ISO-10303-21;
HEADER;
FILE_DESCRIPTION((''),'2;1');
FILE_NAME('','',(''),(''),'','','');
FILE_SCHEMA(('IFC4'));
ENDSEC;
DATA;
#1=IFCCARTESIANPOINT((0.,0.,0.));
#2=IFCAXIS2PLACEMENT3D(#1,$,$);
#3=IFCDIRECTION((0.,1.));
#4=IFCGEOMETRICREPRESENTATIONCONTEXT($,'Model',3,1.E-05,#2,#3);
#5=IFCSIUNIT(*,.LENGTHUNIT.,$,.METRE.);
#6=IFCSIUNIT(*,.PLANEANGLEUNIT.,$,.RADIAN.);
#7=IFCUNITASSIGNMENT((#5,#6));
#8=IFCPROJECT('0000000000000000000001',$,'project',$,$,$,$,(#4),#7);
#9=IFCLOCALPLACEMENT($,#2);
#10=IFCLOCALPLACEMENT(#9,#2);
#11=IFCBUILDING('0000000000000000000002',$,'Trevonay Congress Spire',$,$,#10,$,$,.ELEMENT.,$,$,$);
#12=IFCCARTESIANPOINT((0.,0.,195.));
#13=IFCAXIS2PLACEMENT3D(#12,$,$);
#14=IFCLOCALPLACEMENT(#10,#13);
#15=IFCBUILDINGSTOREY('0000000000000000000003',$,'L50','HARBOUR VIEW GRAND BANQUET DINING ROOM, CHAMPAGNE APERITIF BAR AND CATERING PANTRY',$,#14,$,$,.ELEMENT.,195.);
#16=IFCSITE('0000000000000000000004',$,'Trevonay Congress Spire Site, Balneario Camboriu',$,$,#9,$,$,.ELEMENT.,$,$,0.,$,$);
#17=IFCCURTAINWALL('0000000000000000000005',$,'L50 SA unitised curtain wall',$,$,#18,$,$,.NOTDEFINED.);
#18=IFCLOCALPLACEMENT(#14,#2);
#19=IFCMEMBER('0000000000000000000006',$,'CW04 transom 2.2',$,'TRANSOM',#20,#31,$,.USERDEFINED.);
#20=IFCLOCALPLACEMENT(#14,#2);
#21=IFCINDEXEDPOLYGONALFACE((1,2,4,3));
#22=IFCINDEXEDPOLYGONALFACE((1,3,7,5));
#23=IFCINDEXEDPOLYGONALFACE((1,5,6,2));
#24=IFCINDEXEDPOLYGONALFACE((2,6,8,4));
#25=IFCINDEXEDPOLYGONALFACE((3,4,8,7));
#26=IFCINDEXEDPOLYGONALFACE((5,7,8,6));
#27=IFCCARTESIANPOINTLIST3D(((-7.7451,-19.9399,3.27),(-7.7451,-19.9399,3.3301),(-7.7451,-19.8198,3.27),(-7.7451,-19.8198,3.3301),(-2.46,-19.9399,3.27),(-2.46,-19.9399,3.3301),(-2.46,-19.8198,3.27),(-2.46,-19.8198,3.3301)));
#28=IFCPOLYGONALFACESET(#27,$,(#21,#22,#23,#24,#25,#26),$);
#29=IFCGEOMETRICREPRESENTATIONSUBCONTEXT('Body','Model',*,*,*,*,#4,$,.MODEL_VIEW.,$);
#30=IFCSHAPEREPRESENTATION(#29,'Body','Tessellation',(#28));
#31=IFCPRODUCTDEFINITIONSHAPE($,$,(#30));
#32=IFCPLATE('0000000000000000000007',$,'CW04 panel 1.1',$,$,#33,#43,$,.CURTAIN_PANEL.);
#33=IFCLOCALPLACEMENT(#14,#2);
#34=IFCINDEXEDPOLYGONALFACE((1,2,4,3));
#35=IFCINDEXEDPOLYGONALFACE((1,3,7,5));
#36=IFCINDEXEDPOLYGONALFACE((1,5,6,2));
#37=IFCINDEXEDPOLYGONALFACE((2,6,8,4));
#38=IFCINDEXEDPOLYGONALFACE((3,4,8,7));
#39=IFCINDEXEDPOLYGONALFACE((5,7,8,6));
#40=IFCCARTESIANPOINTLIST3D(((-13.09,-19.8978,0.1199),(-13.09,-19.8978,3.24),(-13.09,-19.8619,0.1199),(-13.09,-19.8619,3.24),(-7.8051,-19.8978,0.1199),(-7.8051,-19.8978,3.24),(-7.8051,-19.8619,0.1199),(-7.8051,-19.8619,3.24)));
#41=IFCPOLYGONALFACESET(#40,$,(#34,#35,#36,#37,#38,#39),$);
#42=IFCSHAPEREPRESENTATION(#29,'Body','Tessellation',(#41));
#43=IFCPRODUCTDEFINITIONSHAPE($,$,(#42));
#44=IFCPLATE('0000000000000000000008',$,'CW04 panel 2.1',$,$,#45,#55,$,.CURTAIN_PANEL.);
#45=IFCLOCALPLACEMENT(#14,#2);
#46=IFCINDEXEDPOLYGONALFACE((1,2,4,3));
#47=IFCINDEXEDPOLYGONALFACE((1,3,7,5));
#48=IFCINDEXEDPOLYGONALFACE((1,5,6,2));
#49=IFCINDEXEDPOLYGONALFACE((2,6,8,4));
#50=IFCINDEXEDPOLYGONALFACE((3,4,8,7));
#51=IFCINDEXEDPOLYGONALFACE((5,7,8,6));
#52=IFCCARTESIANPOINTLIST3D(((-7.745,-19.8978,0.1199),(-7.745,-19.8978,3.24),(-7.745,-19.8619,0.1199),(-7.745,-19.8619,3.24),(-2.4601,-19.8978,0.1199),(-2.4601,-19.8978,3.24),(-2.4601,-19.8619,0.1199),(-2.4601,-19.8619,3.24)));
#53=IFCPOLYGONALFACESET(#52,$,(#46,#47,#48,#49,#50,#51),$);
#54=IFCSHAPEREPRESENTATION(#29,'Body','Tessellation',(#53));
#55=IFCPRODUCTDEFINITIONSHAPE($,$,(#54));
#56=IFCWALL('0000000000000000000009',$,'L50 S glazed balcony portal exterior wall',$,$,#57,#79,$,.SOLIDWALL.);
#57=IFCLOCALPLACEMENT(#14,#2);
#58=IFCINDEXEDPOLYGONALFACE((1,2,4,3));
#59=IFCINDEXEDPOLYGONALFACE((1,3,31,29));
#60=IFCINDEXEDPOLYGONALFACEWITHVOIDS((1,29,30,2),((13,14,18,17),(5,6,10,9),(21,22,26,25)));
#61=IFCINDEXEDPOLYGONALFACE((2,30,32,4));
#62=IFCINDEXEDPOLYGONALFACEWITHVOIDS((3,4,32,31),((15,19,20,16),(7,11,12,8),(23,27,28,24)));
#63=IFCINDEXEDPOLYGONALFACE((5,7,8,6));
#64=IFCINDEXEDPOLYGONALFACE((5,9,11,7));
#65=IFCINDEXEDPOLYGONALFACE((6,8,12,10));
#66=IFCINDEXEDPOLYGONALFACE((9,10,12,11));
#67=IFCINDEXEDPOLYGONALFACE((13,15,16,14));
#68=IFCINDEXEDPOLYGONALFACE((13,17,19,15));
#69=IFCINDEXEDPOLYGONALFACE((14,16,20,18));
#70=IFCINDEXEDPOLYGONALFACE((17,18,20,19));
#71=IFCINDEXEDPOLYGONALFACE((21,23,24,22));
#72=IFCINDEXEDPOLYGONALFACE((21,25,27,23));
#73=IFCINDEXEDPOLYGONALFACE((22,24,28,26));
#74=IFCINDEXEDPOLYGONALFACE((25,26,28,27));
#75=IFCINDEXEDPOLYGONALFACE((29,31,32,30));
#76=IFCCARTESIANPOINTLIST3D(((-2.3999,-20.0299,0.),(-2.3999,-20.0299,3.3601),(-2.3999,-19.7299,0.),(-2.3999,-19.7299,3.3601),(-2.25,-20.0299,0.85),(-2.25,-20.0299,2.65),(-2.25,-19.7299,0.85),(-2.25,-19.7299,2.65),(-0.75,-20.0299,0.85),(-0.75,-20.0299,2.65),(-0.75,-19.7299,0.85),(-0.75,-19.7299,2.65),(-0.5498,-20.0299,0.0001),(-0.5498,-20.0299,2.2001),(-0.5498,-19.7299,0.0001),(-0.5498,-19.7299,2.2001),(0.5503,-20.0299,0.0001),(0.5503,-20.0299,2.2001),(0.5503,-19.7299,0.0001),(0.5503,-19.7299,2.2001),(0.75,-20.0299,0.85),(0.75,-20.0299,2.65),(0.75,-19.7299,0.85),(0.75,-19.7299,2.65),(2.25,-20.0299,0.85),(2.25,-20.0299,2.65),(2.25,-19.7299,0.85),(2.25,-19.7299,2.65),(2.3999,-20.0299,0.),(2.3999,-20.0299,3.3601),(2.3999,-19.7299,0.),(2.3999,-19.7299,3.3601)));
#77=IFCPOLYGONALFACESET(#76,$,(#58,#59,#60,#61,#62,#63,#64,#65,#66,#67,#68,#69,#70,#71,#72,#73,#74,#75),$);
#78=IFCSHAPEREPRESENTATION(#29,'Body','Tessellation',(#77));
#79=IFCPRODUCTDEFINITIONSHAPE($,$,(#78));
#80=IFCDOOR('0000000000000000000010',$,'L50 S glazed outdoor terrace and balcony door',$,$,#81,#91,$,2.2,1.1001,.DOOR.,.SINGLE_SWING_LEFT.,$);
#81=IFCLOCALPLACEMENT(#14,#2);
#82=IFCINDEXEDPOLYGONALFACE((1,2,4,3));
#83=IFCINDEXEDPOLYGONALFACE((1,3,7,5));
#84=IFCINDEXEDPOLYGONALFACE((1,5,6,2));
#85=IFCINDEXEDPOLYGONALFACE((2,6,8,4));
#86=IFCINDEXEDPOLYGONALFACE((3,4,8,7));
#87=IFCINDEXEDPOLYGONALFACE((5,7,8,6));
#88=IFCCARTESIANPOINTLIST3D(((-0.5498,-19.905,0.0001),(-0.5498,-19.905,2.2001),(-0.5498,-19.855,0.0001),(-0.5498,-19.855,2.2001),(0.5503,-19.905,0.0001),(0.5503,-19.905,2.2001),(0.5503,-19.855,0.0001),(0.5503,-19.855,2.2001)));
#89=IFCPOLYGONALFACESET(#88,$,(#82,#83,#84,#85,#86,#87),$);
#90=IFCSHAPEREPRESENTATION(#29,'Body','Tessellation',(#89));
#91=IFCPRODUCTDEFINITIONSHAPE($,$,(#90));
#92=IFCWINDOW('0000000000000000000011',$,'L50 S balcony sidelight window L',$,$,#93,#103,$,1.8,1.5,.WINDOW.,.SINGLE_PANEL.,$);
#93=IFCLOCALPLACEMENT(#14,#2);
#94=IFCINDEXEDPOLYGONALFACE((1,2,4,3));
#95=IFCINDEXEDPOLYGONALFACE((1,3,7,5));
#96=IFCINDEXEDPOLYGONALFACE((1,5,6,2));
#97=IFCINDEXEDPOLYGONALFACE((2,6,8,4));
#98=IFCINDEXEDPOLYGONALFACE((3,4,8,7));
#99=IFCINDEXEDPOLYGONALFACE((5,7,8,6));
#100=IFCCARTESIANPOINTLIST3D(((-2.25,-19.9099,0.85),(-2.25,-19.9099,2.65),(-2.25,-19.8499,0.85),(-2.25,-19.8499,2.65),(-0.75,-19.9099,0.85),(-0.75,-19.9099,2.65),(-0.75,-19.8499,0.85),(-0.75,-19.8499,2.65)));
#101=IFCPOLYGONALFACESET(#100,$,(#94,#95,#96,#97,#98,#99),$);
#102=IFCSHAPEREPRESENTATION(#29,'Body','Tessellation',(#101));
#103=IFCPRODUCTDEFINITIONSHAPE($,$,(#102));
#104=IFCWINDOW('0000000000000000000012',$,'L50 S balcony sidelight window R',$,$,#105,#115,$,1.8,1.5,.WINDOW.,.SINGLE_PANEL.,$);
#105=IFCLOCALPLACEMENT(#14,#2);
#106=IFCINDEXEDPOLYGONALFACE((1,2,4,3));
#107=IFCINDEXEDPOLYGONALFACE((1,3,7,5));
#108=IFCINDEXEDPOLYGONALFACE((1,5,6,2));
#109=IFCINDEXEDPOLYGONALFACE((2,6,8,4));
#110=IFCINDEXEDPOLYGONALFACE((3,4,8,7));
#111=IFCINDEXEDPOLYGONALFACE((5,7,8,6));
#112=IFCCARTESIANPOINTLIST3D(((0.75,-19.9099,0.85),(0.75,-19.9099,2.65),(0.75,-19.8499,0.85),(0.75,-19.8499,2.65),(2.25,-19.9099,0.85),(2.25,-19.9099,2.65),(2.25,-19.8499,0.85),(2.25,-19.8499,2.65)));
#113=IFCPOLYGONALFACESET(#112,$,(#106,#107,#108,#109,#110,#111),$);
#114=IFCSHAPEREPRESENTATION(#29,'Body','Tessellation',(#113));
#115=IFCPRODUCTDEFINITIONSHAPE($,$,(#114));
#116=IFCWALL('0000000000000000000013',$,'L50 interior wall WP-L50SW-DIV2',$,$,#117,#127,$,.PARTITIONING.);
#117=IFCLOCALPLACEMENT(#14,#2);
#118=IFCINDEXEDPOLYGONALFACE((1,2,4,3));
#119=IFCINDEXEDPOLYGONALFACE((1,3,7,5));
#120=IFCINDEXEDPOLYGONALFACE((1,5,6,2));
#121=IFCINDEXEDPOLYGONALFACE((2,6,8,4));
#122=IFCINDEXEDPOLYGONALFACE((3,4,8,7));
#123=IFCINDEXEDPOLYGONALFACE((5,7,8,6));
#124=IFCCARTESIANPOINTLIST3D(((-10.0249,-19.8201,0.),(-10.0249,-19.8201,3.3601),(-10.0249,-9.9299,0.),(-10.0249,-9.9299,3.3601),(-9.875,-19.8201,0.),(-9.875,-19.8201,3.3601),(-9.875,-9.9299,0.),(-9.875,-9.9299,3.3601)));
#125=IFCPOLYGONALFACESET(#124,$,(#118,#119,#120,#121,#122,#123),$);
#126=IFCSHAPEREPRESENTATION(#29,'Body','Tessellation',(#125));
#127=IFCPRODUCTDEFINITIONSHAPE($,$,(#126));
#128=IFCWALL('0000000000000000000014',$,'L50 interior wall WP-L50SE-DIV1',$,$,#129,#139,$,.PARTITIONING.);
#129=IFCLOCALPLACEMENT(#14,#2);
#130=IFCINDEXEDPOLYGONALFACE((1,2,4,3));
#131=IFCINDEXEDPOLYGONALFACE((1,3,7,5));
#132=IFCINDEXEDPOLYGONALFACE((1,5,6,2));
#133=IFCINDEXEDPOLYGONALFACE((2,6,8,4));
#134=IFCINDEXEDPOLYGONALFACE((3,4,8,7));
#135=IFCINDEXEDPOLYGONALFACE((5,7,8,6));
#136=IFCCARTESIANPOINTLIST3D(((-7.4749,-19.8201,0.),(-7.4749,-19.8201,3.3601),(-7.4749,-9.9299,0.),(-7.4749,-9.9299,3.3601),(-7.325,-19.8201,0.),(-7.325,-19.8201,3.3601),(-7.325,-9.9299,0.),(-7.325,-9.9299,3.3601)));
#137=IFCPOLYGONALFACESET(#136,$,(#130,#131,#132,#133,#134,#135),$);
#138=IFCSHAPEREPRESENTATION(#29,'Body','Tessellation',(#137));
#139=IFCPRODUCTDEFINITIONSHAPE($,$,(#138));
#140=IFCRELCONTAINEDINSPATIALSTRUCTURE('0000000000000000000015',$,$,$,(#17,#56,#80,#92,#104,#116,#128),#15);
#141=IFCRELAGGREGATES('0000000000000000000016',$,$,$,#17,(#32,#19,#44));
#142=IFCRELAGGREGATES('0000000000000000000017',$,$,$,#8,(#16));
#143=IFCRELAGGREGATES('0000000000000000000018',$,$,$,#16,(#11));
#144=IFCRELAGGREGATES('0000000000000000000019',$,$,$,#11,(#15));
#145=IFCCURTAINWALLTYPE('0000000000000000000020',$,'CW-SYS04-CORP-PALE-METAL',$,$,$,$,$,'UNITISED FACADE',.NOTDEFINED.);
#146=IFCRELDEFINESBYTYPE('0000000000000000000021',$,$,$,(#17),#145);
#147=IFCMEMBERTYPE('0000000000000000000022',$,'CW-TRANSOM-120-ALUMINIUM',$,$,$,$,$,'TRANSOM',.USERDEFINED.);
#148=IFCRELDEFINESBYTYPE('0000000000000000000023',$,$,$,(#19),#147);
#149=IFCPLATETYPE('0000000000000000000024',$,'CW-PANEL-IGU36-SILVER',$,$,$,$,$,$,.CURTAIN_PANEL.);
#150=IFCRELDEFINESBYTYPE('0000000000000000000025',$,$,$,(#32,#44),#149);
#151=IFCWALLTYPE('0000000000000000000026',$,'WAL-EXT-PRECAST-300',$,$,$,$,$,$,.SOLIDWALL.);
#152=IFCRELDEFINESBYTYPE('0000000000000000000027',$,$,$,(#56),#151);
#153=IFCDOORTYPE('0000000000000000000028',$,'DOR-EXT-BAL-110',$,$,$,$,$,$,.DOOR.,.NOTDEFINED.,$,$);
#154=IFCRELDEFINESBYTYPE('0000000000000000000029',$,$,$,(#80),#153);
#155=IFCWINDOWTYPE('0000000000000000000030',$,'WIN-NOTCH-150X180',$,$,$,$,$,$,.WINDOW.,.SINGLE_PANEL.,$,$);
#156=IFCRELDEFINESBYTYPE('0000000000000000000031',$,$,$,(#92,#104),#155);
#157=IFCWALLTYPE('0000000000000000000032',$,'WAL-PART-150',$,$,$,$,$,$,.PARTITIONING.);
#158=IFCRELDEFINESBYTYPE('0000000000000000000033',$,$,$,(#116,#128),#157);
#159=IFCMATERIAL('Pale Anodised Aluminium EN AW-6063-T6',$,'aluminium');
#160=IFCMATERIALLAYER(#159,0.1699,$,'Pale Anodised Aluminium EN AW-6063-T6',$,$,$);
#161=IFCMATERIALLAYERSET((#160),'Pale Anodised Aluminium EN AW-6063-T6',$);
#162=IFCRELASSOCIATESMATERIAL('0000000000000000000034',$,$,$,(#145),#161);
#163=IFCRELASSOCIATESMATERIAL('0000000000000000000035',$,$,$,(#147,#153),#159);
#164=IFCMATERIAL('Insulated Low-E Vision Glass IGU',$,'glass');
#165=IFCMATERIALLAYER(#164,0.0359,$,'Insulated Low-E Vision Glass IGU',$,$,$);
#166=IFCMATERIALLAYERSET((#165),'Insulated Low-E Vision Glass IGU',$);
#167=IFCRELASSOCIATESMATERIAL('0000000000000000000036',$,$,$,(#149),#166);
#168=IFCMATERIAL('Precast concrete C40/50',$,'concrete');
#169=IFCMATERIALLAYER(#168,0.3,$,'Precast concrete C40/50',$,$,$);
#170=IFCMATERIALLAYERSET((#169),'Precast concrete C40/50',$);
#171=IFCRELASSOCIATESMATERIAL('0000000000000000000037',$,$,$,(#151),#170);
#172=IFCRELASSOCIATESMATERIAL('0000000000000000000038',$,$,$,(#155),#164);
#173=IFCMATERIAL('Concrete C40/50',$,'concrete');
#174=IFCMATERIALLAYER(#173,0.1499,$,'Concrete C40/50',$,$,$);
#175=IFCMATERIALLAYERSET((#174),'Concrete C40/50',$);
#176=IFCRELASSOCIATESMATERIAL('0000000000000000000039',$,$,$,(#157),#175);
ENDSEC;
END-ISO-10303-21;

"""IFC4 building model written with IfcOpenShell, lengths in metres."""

from ifc_helpers import new_model, si_unit, direction, frame, frame_2d, origin, origin_2d, place, context, subcontext, project, spatial, rectangle, extrude, material, layer, layer_set, material_profile, profile_set, type_object, element, fill, aggregate, save


model = new_model("IFC4")

# Units and contexts
model_context = context("Model", 3, precision=1e-05, world=origin(), true_north=direction((0.0, 1.0)))
body_context = subcontext(model_context, "Body", "Model", "MODEL_VIEW")
ifc_project = project(units=[si_unit("LENGTHUNIT", "METRE"), si_unit("PLANEANGLEUNIT", "RADIAN")], contexts=[model_context])

# Site, building, storey
site_placement = place(None, origin())
site = spatial("IfcSite", under=ifc_project, at=site_placement, Name="Trevonay Congress Spire Site, Balneario Camboriu", CompositionType="ELEMENT", RefElevation=0.0)
building_placement = place(site_placement, origin())
building = spatial("IfcBuilding", under=site, at=building_placement, Name="Trevonay Congress Spire", CompositionType="ELEMENT")
storey_placement = place(building_placement, frame((0.0, 0.0, 195.0)))
storey = spatial("IfcBuildingStorey", under=building, at=storey_placement, Name="L50", Description="HARBOUR VIEW GRAND BANQUET DINING ROOM, CHAMPAGNE APERITIF BAR AND CATERING PANTRY", CompositionType="ELEMENT", Elevation=195.0)

# Curtain wall, member, plates
ifc_material_1 = material(Name="Pale Anodised Aluminium EN AW-6063-T6", Category="aluminium")
ifc_layer_1 = layer(ifc_material_1, 0.1699, Name="Pale Anodised Aluminium EN AW-6063-T6")
ifc_layer_set_1 = layer_set([ifc_layer_1], Name="Pale Anodised Aluminium EN AW-6063-T6")
curtain_wall_type = type_object("IfcCurtainWallType", Name="CW-SYS04-CORP-PALE-METAL", ElementType="UNITISED FACADE", PredefinedType="NOTDEFINED", material=ifc_layer_set_1)
curtain_wall_placement = place(storey_placement, origin())
curtain_wall = element("IfcCurtainWall", 1, at=curtain_wall_placement, inside=storey, type_object=curtain_wall_type, Name="L50 SA unitised curtain wall", PredefinedType="NOTDEFINED")
ifc_material_profile_1 = material_profile(ifc_material_1, rectangle(XDim=0.1201, YDim=0.0601, at=origin_2d()), Name="CW-TRANSOM-120-ALUMINIUM")
ifc_profile_set_1 = profile_set([ifc_material_profile_1], Name="Pale Anodised Aluminium EN AW-6063-T6")
member_type_1 = type_object("IfcMemberType", Name="CW-TRANSOM-120-ALUMINIUM", ElementType="TRANSOM", PredefinedType="USERDEFINED", material=ifc_profile_set_1)
member_1_placement = place(storey_placement, frame((-7.7451, -19.8799, 3.3), z_axis=(1.0, 0.0, 0.0), x_axis=(0.0, 1.0, 0.0)))
member_1 = element("IfcMember", 2, at=member_1_placement, type_object=member_type_1, Name="CW04 transom 2.2", ObjectType="TRANSOM", PredefinedType="USERDEFINED", context=body_context, shape_type="SweptSolid", body=[
    extrude(rectangle(XDim=0.1201, YDim=0.0601, at=origin_2d()), origin(), (0.0, 0.0, 1.0), 5.2852),
])
ifc_material_2 = material(Name="Insulated Low-E Vision Glass IGU", Category="glass")
ifc_layer_2 = layer(ifc_material_2, 0.0359, Name="Insulated Low-E Vision Glass IGU")
ifc_layer_set_2 = layer_set([ifc_layer_2], Name="Insulated Low-E Vision Glass IGU")
plate_type = type_object("IfcPlateType", Name="CW-PANEL-IGU36-SILVER", PredefinedType="CURTAIN_PANEL", material=ifc_layer_set_2)
plate_1_placement = place(storey_placement, frame((-10.4475, -19.8799, 0.1199), z_axis=(0.0, 0.0, 1.0), x_axis=(1.0, 0.0, 0.0)))
plate_1 = element("IfcPlate", 3, at=plate_1_placement, type_object=plate_type, Name="CW04 panel 1.1", PredefinedType="CURTAIN_PANEL", context=body_context, shape_type="SweptSolid", body=[
    extrude(rectangle(XDim=5.2849, YDim=0.0359, at=origin_2d()), origin(), (0.0, 0.0, 1.0), 3.1201),
])
plate_2_placement = place(storey_placement, frame((-5.1025, -19.8799, 0.1199), z_axis=(0.0, 0.0, 1.0), x_axis=(1.0, 0.0, 0.0)))
plate_2 = element("IfcPlate", 4, at=plate_2_placement, type_object=plate_type, Name="CW04 panel 2.1", PredefinedType="CURTAIN_PANEL", context=body_context, shape_type="SweptSolid", body=[
    extrude(rectangle(XDim=5.2849, YDim=0.0359, at=origin_2d()), origin(), (0.0, 0.0, 1.0), 3.1201),
])
aggregate(curtain_wall, [plate_1, member_1, plate_2])

# Wall, openings, door, windows
ifc_material_3 = material(Name="Precast concrete C40/50", Category="concrete")
ifc_layer_3 = layer(ifc_material_3, 0.3, Name="Precast concrete C40/50")
ifc_layer_set_3 = layer_set([ifc_layer_3], Name="Precast concrete C40/50")
wall_type_1 = type_object("IfcWallType", Name="WAL-EXT-PRECAST-300", PredefinedType="SOLIDWALL", material=ifc_layer_set_3)
wall_placement = place(storey_placement, frame((-2.3999, -19.8799, 0.0), z_axis=(0.0, 0.0, 1.0), x_axis=(1.0, 0.0, 0.0)))
wall = element("IfcWall", 5, at=wall_placement, inside=storey, type_object=wall_type_1, Name="L50 S glazed balcony portal exterior wall", PredefinedType="SOLIDWALL", context=body_context, shape_type="SweptSolid", body=[
    extrude(rectangle(XDim=4.7998, YDim=0.3, at=frame_2d((2.3999, 0.0))), origin(), (0.0, 0.0, 1.0), 3.3601),
])
opening_1_placement = place(wall_placement, frame((1.8501, 0.0, 0.0)))
opening_1 = element("IfcOpeningElement", 6, at=opening_1_placement, cuts=wall, PredefinedType="OPENING", context=body_context, shape_type="SweptSolid", body=[
    extrude(rectangle(XDim=1.1001, YDim=2.2, at=frame_2d((0.55, 1.1001))), frame((0.0, 0.1602, 0.0), z_axis=(0.0, -1.0, 0.0), x_axis=(1.0, 0.0, 0.0)), (0.0, 0.0, 1.0), 0.3201),
])
opening_2_placement = place(wall_placement, frame((0.1499, 0.0, 0.8501)))
opening_2 = element("IfcOpeningElement", 7, at=opening_2_placement, cuts=wall, PredefinedType="OPENING", context=body_context, shape_type="SweptSolid", body=[
    extrude(rectangle(XDim=1.5, YDim=1.8, at=frame_2d((0.75, 0.8999))), frame((0.0, 0.1602, 0.0), z_axis=(0.0, -1.0, 0.0), x_axis=(1.0, 0.0, 0.0)), (0.0, 0.0, 1.0), 0.3201),
])
opening_3_placement = place(wall_placement, frame((3.1499, 0.0, 0.8501)))
opening_3 = element("IfcOpeningElement", 8, at=opening_3_placement, cuts=wall, PredefinedType="OPENING", context=body_context, shape_type="SweptSolid", body=[
    extrude(rectangle(XDim=1.5, YDim=1.8, at=frame_2d((0.75, 0.8999))), frame((0.0, 0.1602, 0.0), z_axis=(0.0, -1.0, 0.0), x_axis=(1.0, 0.0, 0.0)), (0.0, 0.0, 1.0), 0.3201),
])
door_type = type_object("IfcDoorType", Name="DOR-EXT-BAL-110", OperationType="NOTDEFINED", PredefinedType="DOOR", material=ifc_material_1)
door_placement = place(opening_1_placement, origin())
door = element("IfcDoor", 9, at=door_placement, inside=storey, type_object=door_type, Name="L50 S glazed outdoor terrace and balcony door", OperationType="SINGLE_SWING_LEFT", OverallHeight=2.2, OverallWidth=1.1001, PredefinedType="DOOR", context=body_context, shape_type="SweptSolid", body=[
    extrude(rectangle(XDim=1.1001, YDim=2.2, at=frame_2d((0.55, 1.1001))), frame((0.0, 0.0249, 0.0), z_axis=(0.0, -1.0, 0.0), x_axis=(1.0, 0.0, 0.0)), (0.0, 0.0, 1.0), 0.05),
])
fill(opening_1, door)
window_type = type_object("IfcWindowType", Name="WIN-NOTCH-150X180", PartitioningType="SINGLE_PANEL", PredefinedType="WINDOW", material=ifc_material_2)
window_1_placement = place(opening_2_placement, origin())
window_1 = element("IfcWindow", 10, at=window_1_placement, inside=storey, type_object=window_type, Name="L50 S balcony sidelight window L", OverallHeight=1.8, OverallWidth=1.5, PartitioningType="SINGLE_PANEL", PredefinedType="WINDOW", context=body_context, shape_type="SweptSolid", body=[
    extrude(rectangle(XDim=1.5, YDim=1.8, at=frame_2d((0.75, 0.8999))), frame((0.0, 0.03, 0.0), z_axis=(0.0, -1.0, 0.0), x_axis=(1.0, 0.0, 0.0)), (0.0, 0.0, 1.0), 0.0601),
])
fill(opening_2, window_1)
window_2_placement = place(opening_3_placement, origin())
window_2 = element("IfcWindow", 11, at=window_2_placement, inside=storey, type_object=window_type, Name="L50 S balcony sidelight window R", OverallHeight=1.8, OverallWidth=1.5, PartitioningType="SINGLE_PANEL", PredefinedType="WINDOW", context=body_context, shape_type="SweptSolid", body=[
    extrude(rectangle(XDim=1.5, YDim=1.8, at=frame_2d((0.75, 0.8999))), frame((0.0, 0.03, 0.0), z_axis=(0.0, -1.0, 0.0), x_axis=(1.0, 0.0, 0.0)), (0.0, 0.0, 1.0), 0.0601),
])
fill(opening_3, window_2)

# Walls
ifc_material_4 = material(Name="Concrete C40/50", Category="concrete")
ifc_layer_4 = layer(ifc_material_4, 0.1499, Name="Concrete C40/50")
ifc_layer_set_4 = layer_set([ifc_layer_4], Name="Concrete C40/50")
wall_type_2 = type_object("IfcWallType", Name="WAL-PART-150", PredefinedType="PARTITIONING", material=ifc_layer_set_4)
for number, where, z_axis, x_axis, name in (
    (12, (-9.95, -19.8201, 0.0), (0.0, 0.0, 1.0), (0.0, 1.0, 0.0), "L50 interior wall WP-L50SW-DIV2"),
    (13, (-7.3999, -19.8201, 0.0), (0.0, 0.0, 1.0), (0.0, 1.0, 0.0), "L50 interior wall WP-L50SE-DIV1"),
):
    element("IfcWall", number, at=place(storey_placement, frame(where, z_axis=z_axis, x_axis=x_axis)), inside=storey, type_object=wall_type_2, Name=name, PredefinedType="PARTITIONING", context=body_context, shape_type="SweptSolid", body=[
        extrude(rectangle(XDim=9.8901, YDim=0.1499, at=frame_2d((4.9451, 0.0))), origin(), (0.0, 0.0, 1.0), 3.3601),
    ])

save(model, "model.ifc")
